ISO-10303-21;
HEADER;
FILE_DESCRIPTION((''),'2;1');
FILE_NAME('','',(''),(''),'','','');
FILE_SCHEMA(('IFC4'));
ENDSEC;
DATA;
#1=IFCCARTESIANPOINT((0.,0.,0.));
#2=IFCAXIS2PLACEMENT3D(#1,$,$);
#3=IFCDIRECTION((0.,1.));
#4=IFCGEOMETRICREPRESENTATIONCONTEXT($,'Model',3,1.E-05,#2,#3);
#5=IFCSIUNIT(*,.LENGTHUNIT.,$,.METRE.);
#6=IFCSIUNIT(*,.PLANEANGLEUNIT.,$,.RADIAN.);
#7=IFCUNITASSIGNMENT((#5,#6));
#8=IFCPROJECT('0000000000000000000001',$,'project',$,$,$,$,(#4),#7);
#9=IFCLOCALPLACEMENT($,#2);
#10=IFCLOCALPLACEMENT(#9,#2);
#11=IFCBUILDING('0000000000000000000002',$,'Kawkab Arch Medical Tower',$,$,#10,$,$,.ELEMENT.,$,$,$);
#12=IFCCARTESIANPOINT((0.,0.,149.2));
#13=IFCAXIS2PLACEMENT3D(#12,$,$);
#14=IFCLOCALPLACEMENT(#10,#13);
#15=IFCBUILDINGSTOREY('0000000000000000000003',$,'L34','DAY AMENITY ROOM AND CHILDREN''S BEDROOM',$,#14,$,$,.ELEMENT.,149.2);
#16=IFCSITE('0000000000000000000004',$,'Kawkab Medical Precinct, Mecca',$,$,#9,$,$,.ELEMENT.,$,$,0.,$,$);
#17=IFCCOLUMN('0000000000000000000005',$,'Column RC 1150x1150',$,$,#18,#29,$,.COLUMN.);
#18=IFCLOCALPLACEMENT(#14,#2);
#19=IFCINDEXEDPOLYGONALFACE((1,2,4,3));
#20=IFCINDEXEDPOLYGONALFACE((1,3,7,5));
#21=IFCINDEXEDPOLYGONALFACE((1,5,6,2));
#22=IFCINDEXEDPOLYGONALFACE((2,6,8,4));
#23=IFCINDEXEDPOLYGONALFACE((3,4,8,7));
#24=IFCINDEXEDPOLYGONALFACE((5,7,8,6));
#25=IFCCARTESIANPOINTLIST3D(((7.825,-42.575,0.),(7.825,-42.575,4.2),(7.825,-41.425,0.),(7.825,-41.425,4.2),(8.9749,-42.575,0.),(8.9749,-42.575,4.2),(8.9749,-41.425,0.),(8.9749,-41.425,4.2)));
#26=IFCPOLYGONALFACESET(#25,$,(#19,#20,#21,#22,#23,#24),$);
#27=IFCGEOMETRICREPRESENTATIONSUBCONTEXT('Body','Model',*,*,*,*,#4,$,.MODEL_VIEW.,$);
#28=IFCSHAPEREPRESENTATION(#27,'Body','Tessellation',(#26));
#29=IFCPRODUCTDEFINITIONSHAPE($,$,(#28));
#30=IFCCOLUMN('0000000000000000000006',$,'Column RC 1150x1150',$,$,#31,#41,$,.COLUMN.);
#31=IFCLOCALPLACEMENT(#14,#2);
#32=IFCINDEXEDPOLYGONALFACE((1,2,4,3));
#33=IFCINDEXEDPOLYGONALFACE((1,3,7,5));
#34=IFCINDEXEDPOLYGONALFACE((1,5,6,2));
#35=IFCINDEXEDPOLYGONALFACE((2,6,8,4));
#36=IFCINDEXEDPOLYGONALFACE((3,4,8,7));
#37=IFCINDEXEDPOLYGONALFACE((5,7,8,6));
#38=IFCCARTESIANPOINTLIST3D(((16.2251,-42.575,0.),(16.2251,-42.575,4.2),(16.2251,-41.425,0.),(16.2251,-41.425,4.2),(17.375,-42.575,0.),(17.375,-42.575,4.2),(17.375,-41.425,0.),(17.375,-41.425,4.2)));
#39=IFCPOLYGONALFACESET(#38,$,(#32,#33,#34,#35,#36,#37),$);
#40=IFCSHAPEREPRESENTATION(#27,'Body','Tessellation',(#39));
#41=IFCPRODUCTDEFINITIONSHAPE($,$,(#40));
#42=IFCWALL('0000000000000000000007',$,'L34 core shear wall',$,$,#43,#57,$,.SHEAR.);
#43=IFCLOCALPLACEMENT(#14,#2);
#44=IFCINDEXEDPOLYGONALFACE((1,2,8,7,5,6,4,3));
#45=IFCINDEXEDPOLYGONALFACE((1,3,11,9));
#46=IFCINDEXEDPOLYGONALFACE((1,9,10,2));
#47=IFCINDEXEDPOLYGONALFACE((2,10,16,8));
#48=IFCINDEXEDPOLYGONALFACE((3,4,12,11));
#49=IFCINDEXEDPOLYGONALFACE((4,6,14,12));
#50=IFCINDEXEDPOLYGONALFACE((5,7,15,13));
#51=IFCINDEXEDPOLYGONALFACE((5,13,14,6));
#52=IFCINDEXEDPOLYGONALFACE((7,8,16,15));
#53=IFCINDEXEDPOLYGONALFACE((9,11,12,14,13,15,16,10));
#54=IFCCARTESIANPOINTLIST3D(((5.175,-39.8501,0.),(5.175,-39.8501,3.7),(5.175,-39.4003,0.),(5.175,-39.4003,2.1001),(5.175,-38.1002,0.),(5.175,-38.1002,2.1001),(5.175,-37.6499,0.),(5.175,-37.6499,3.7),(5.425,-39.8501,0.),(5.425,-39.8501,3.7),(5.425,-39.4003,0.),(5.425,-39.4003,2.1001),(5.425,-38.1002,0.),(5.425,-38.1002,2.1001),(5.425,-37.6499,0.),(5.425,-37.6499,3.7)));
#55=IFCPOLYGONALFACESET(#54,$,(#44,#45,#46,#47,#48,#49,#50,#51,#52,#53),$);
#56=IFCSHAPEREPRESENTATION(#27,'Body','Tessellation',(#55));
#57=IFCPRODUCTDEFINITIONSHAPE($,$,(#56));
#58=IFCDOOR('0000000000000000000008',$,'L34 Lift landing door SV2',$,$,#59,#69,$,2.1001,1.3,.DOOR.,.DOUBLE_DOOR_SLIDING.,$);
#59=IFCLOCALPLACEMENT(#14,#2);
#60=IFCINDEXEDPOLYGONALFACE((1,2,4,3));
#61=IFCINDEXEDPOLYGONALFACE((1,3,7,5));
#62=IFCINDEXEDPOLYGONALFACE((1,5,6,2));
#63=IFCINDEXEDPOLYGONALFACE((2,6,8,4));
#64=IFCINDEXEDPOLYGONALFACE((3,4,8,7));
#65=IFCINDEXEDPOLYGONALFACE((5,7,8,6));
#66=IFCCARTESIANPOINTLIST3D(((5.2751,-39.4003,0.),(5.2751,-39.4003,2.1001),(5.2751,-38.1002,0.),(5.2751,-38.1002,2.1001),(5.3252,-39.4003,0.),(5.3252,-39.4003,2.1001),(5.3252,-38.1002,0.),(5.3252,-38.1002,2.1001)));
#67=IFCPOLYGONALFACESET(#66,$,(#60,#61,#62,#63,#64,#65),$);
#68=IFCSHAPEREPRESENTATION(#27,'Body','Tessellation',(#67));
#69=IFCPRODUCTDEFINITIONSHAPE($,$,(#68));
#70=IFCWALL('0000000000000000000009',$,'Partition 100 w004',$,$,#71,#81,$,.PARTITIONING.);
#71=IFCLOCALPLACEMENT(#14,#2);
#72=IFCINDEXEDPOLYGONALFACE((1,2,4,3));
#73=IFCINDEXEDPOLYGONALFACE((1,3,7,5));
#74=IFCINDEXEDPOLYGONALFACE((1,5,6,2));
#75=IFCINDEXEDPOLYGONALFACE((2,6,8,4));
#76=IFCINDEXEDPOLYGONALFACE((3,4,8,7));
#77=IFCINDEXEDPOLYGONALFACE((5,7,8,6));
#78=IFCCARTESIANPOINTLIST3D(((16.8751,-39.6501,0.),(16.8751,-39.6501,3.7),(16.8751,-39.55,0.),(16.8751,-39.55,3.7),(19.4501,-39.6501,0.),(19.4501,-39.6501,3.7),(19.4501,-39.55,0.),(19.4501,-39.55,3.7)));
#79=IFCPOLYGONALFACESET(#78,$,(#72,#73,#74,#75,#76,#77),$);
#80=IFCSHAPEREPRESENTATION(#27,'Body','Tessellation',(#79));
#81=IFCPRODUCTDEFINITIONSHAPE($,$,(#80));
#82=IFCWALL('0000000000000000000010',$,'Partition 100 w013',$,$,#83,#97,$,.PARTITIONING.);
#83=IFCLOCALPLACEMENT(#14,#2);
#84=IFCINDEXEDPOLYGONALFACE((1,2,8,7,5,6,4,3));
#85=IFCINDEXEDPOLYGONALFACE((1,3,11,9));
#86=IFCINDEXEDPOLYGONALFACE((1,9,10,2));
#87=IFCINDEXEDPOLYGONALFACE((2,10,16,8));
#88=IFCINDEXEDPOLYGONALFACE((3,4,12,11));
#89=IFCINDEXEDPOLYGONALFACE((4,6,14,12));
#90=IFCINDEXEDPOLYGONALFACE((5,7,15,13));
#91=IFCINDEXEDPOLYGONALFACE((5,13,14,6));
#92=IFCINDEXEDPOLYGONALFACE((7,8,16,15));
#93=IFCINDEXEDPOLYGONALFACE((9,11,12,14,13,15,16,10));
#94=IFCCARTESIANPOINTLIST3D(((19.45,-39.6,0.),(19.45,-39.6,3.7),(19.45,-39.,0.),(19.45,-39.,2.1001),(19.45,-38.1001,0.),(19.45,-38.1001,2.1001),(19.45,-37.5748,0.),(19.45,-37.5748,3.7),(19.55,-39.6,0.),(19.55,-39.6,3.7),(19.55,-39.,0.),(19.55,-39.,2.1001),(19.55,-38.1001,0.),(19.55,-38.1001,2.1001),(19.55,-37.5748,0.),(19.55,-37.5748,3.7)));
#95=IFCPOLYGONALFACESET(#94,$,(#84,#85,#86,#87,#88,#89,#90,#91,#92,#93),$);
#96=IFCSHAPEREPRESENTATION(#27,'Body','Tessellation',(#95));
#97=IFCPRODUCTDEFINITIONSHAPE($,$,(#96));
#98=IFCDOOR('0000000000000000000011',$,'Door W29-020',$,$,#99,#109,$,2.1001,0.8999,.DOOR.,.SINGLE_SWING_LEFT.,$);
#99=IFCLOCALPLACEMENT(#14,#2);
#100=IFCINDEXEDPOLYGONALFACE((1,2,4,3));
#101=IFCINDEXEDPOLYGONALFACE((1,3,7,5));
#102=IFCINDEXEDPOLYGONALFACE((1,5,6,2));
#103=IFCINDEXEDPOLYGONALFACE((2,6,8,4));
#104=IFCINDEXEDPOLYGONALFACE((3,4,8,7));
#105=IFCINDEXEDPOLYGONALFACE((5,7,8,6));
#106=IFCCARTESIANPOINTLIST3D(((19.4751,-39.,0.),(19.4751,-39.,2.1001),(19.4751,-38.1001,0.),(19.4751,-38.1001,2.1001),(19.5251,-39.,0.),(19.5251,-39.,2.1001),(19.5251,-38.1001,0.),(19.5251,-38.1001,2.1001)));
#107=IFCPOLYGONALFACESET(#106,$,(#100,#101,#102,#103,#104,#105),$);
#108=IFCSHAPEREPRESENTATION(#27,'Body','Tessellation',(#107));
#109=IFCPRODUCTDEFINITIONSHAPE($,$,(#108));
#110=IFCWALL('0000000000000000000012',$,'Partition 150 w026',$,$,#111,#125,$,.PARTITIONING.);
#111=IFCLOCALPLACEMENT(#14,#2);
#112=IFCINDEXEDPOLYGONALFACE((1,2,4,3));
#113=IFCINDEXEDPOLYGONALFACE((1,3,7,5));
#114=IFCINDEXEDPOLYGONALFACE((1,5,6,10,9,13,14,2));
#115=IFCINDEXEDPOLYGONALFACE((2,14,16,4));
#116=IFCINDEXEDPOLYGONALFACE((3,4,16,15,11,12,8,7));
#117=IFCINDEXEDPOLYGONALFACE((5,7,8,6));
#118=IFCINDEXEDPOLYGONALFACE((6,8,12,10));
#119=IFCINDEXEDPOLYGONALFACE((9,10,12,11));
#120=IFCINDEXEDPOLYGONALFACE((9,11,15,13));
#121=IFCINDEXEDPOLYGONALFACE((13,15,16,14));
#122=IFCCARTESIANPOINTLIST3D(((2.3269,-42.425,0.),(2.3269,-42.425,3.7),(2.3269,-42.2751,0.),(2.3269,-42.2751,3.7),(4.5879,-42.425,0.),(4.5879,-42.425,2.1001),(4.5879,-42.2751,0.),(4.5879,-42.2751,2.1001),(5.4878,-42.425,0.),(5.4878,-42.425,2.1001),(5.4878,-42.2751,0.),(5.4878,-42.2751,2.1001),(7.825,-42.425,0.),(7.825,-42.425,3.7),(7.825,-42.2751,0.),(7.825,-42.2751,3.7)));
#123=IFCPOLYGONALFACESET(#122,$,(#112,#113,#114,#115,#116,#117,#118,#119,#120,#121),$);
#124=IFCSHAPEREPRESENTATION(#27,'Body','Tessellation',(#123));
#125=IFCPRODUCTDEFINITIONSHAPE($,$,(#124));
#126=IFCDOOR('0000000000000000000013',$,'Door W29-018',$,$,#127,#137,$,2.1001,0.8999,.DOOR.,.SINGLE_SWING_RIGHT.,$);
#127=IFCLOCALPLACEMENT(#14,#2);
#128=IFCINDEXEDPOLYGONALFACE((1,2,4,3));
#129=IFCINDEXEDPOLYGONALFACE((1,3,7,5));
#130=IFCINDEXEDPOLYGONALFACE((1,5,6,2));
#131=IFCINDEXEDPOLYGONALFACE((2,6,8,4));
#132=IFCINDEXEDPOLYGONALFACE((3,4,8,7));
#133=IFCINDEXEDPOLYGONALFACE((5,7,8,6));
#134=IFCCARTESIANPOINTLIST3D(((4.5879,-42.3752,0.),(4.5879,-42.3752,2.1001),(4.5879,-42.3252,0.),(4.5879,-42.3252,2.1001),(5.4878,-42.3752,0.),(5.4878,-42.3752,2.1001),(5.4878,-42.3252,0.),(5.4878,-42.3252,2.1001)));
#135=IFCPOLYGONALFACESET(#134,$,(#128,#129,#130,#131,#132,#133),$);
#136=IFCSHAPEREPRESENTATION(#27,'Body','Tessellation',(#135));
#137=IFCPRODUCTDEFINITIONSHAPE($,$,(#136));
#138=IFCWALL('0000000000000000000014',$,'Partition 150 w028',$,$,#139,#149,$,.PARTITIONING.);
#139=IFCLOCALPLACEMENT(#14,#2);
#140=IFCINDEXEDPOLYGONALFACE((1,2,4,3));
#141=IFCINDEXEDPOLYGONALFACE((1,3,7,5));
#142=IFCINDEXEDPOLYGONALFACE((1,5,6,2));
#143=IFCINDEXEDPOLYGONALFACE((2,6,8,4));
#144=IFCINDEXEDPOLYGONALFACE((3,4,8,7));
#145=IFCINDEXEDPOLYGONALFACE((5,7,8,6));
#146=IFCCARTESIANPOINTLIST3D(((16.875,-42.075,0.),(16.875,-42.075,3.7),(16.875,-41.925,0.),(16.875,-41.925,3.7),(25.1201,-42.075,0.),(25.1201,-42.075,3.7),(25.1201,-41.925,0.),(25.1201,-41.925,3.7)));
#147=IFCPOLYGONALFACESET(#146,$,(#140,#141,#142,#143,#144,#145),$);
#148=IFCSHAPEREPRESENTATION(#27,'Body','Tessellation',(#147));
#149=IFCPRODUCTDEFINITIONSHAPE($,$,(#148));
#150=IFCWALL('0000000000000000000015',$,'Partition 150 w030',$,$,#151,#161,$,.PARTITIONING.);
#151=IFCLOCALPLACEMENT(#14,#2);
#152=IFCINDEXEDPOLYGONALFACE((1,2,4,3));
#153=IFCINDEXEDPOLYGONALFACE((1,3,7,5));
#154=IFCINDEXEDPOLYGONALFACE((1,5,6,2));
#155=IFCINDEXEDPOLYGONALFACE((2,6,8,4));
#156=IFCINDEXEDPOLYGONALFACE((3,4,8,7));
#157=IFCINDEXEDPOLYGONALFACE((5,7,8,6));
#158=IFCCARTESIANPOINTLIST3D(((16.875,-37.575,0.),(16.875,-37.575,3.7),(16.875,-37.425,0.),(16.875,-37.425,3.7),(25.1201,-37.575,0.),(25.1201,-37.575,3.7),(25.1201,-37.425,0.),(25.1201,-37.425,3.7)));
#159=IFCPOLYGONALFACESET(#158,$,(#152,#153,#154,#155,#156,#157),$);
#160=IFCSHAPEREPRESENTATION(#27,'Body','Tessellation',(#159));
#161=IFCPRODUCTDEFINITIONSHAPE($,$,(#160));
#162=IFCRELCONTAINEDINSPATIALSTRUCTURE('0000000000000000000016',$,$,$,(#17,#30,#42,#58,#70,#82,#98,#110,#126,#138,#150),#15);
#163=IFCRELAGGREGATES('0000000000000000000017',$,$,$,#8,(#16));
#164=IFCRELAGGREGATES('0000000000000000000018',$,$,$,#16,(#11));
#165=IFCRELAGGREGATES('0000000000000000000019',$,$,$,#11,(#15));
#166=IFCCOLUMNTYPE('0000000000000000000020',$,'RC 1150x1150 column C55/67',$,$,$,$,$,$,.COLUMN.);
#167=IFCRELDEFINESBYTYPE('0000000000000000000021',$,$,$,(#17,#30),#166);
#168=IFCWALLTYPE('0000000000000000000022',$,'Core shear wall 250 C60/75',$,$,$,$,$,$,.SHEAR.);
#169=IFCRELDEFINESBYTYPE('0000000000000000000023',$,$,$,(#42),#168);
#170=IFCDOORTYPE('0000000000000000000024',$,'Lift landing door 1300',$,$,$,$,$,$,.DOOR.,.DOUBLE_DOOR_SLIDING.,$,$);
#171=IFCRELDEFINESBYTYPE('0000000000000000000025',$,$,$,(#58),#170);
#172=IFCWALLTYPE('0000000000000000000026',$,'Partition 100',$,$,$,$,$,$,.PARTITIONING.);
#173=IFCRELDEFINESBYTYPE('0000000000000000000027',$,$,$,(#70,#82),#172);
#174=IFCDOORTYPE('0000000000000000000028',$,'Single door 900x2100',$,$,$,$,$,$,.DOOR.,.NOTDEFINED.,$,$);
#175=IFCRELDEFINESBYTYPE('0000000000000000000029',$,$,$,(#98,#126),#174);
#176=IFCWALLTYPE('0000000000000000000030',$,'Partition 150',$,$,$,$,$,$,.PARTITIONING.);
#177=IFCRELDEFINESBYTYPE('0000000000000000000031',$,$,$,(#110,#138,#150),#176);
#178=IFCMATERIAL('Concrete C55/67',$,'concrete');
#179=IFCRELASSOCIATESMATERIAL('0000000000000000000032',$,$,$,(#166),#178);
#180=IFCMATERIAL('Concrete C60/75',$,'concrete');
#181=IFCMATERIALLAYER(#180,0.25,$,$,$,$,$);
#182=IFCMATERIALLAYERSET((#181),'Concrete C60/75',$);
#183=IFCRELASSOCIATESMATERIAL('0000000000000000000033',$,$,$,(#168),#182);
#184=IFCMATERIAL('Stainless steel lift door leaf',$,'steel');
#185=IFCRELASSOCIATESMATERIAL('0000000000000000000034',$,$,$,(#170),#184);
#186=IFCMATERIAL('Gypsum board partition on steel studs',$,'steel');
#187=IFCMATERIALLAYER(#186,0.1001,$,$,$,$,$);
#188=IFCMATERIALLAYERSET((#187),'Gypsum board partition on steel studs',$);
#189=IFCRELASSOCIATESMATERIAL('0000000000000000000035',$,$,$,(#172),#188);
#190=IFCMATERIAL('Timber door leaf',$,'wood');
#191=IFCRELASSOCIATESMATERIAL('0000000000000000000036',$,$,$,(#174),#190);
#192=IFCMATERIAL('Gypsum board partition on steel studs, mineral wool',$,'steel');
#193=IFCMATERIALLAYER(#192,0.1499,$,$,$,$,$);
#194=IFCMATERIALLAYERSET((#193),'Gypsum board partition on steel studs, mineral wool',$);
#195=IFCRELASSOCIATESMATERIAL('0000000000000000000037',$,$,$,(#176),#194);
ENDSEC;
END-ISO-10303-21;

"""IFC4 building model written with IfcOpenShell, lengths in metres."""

from ifc_helpers import new_model, si_unit, direction, frame, frame_2d, origin, origin_2d, place, context, subcontext, project, spatial, rectangle, extrude, material, layer, layer_set, material_profile, profile_set, type_object, element, fill, save


model = new_model("IFC4")

# Units and contexts
model_context = context("Model", 3, precision=1e-05, world=origin(), true_north=direction((0.0, 1.0)))
body_context = subcontext(model_context, "Body", "Model", "MODEL_VIEW")
ifc_project = project(units=[si_unit("LENGTHUNIT", "METRE"), si_unit("PLANEANGLEUNIT", "RADIAN")], contexts=[model_context])

# Site, building, storey
site_placement = place(None, origin())
site = spatial("IfcSite", under=ifc_project, at=site_placement, Name="Kawkab Medical Precinct, Mecca", CompositionType="ELEMENT", RefElevation=0.0)
building_placement = place(site_placement, origin())
building = spatial("IfcBuilding", under=site, at=building_placement, Name="Kawkab Arch Medical Tower", CompositionType="ELEMENT")
storey_placement = place(building_placement, frame((0.0, 0.0, 149.2)))
storey = spatial("IfcBuildingStorey", under=building, at=storey_placement, Name="L34", Description="DAY AMENITY ROOM AND CHILDREN'S BEDROOM", CompositionType="ELEMENT", Elevation=149.2)

# Columns
ifc_material_1 = material(Name="Concrete C55/67", Category="concrete")
ifc_material_profile = material_profile(ifc_material_1, rectangle(XDim=1.1499, YDim=1.1499, at=origin_2d()), Name="RC 1150x1150")
ifc_profile_set = profile_set([ifc_material_profile], Name="Concrete C55/67")
column_type = type_object("IfcColumnType", Name="RC 1150x1150 column C55/67", PredefinedType="COLUMN", material=ifc_profile_set)
for number, where, z_axis, x_axis, name in (
    (1, (8.3999, -42.0, 0.0), (0.0, 0.0, 1.0), (1.0, 0.0, 0.0), "Column RC 1150x1150"),
    (2, (16.8, -42.0, 0.0), (0.0, 0.0, 1.0), (1.0, 0.0, 0.0), "Column RC 1150x1150"),
):
    element("IfcColumn", number, at=place(storey_placement, frame(where, z_axis=z_axis, x_axis=x_axis)), inside=storey, type_object=column_type, Name=name, PredefinedType="COLUMN", context=body_context, shape_type="SweptSolid", body=[
        extrude(rectangle(XDim=1.1499, YDim=1.1499, at=origin_2d()), origin(), (0.0, 0.0, 1.0), 4.2),
    ])

# Wall, opening, door
ifc_material_2 = material(Name="Concrete C60/75", Category="concrete")
ifc_layer_1 = layer(ifc_material_2, 0.25)
ifc_layer_set_1 = layer_set([ifc_layer_1], Name="Concrete C60/75")
wall_type_1 = type_object("IfcWallType", Name="Core shear wall 250 C60/75", PredefinedType="SHEAR", material=ifc_layer_set_1)
wall_1_placement = place(storey_placement, frame((5.3, -39.8501, 0.0), z_axis=(0.0, 0.0, 1.0), x_axis=(0.0, 1.0, 0.0)))
wall_1 = element("IfcWall", 3, at=wall_1_placement, inside=storey, type_object=wall_type_1, Name="L34 core shear wall", PredefinedType="SHEAR", context=body_context, shape_type="SweptSolid", body=[
    extrude(rectangle(XDim=2.2002, YDim=0.25, at=frame_2d((1.1001, 0.0))), origin(), (0.0, 0.0, 1.0), 3.7),
])
opening_1_placement = place(wall_1_placement, frame((0.45, 0.0, 0.0)))
opening_1 = element("IfcOpeningElement", 4, at=opening_1_placement, cuts=wall_1, PredefinedType="OPENING", context=body_context, shape_type="SweptSolid", body=[
    extrude(rectangle(XDim=1.3, YDim=2.1001, at=frame_2d((0.6499, 1.05))), frame((0.0, 0.135, 0.0), z_axis=(0.0, -1.0, 0.0), x_axis=(1.0, 0.0, 0.0)), (0.0, 0.0, 1.0), 0.27),
])
ifc_material_3 = material(Name="Stainless steel lift door leaf", Category="steel")
door_type_1 = type_object("IfcDoorType", Name="Lift landing door 1300", OperationType="DOUBLE_DOOR_SLIDING", PredefinedType="DOOR", material=ifc_material_3)
door_1_placement = place(opening_1_placement, origin())
door_1 = element("IfcDoor", 5, at=door_1_placement, inside=storey, type_object=door_type_1, Name="L34 Lift landing door SV2", OperationType="DOUBLE_DOOR_SLIDING", OverallHeight=2.1001, OverallWidth=1.3, PredefinedType="DOOR", context=body_context, shape_type="SweptSolid", body=[
    extrude(rectangle(XDim=1.3, YDim=2.1001, at=frame_2d((0.6499, 1.05))), frame((0.0, 0.0249, 0.0), z_axis=(0.0, -1.0, 0.0), x_axis=(1.0, 0.0, 0.0)), (0.0, 0.0, 1.0), 0.05),
])
fill(opening_1, door_1)

# Wall
ifc_material_4 = material(Name="Gypsum board partition on steel studs", Category="steel")
ifc_layer_2 = layer(ifc_material_4, 0.1001)
ifc_layer_set_2 = layer_set([ifc_layer_2], Name="Gypsum board partition on steel studs")
wall_type_2 = type_object("IfcWallType", Name="Partition 100", PredefinedType="PARTITIONING", material=ifc_layer_set_2)
wall_2_placement = place(storey_placement, frame((16.875, -39.6001, 0.0), z_axis=(0.0, 0.0, 1.0), x_axis=(1.0, 0.0, 0.0)))
element("IfcWall", 6, at=wall_2_placement, inside=storey, type_object=wall_type_2, Name="Partition 100 w004", PredefinedType="PARTITIONING", context=body_context, shape_type="SweptSolid", body=[
    extrude(rectangle(XDim=2.575, YDim=0.1001, at=frame_2d((1.2876, 0.0))), origin(), (0.0, 0.0, 1.0), 3.7),
])

# Walls, openings, doors
wall_3_placement = place(storey_placement, frame((19.5, -39.6001, 0.0), z_axis=(0.0, 0.0, 1.0), x_axis=(0.0, 1.0, 0.0)))
wall_3 = element("IfcWall", 7, at=wall_3_placement, inside=storey, type_object=wall_type_2, Name="Partition 100 w013", PredefinedType="PARTITIONING", context=body_context, shape_type="SweptSolid", body=[
    extrude(rectangle(XDim=2.0251, YDim=0.1001, at=frame_2d((1.0127, 0.0))), origin(), (0.0, 0.0, 1.0), 3.7),
])
opening_2_placement = place(wall_3_placement, frame((0.6001, 0.0, 0.0)))
opening_2 = element("IfcOpeningElement", 8, at=opening_2_placement, cuts=wall_3, PredefinedType="OPENING", context=body_context, shape_type="SweptSolid", body=[
    extrude(rectangle(XDim=0.8999, YDim=2.1001, at=frame_2d((0.45, 1.05))), frame((0.0, 0.0601, 0.0), z_axis=(0.0, -1.0, 0.0), x_axis=(1.0, 0.0, 0.0)), (0.0, 0.0, 1.0), 0.1201),
])
ifc_material_5 = material(Name="Timber door leaf", Category="wood")
door_type_2 = type_object("IfcDoorType", Name="Single door 900x2100", OperationType="NOTDEFINED", PredefinedType="DOOR", material=ifc_material_5)
door_2_placement = place(opening_2_placement, origin())
door_2 = element("IfcDoor", 9, at=door_2_placement, inside=storey, type_object=door_type_2, Name="Door W29-020", OperationType="SINGLE_SWING_LEFT", OverallHeight=2.1001, OverallWidth=0.8999, PredefinedType="DOOR", context=body_context, shape_type="SweptSolid", body=[
    extrude(rectangle(XDim=0.8999, YDim=2.1001, at=frame_2d((0.45, 1.05))), frame((0.0, 0.0249, 0.0), z_axis=(0.0, -1.0, 0.0), x_axis=(1.0, 0.0, 0.0)), (0.0, 0.0, 1.0), 0.05),
])
fill(opening_2, door_2)
ifc_material_6 = material(Name="Gypsum board partition on steel studs, mineral wool", Category="steel")
ifc_layer_3 = layer(ifc_material_6, 0.1499)
ifc_layer_set_3 = layer_set([ifc_layer_3], Name="Gypsum board partition on steel studs, mineral wool")
wall_type_3 = type_object("IfcWallType", Name="Partition 150", PredefinedType="PARTITIONING", material=ifc_layer_set_3)
wall_4_placement = place(storey_placement, frame((2.3269, -42.3501, 0.0), z_axis=(0.0, 0.0, 1.0), x_axis=(1.0, 0.0, 0.0)))
wall_4 = element("IfcWall", 10, at=wall_4_placement, inside=storey, type_object=wall_type_3, Name="Partition 150 w026", PredefinedType="PARTITIONING", context=body_context, shape_type="SweptSolid", body=[
    extrude(rectangle(XDim=5.498, YDim=0.1499, at=frame_2d((2.749, 0.0))), origin(), (0.0, 0.0, 1.0), 3.7),
])
opening_3_placement = place(wall_4_placement, frame((2.261, 0.0, 0.0)))
opening_3 = element("IfcOpeningElement", 11, at=opening_3_placement, cuts=wall_4, PredefinedType="OPENING", context=body_context, shape_type="SweptSolid", body=[
    extrude(rectangle(XDim=0.8999, YDim=2.1001, at=frame_2d((0.45, 1.05))), frame((0.0, 0.085, 0.0), z_axis=(0.0, -1.0, 0.0), x_axis=(1.0, 0.0, 0.0)), (0.0, 0.0, 1.0), 0.1699),
])
door_3_placement = place(opening_3_placement, origin())
door_3 = element("IfcDoor", 12, at=door_3_placement, inside=storey, type_object=door_type_2, Name="Door W29-018", OperationType="SINGLE_SWING_RIGHT", OverallHeight=2.1001, OverallWidth=0.8999, PredefinedType="DOOR", context=body_context, shape_type="SweptSolid", body=[
    extrude(rectangle(XDim=0.8999, YDim=2.1001, at=frame_2d((0.45, 1.05))), frame((0.0, 0.0249, 0.0), z_axis=(0.0, -1.0, 0.0), x_axis=(1.0, 0.0, 0.0)), (0.0, 0.0, 1.0), 0.05),
])
fill(opening_3, door_3)

# Walls
for number, where, z_axis, x_axis, name in (
    (13, (16.875, -42.0, 0.0), (0.0, 0.0, 1.0), (1.0, 0.0, 0.0), "Partition 150 w028"),
    (14, (16.875, -37.5, 0.0), (0.0, 0.0, 1.0), (1.0, 0.0, 0.0), "Partition 150 w030"),
):
    element("IfcWall", number, at=place(storey_placement, frame(where, z_axis=z_axis, x_axis=x_axis)), inside=storey, type_object=wall_type_3, Name=name, PredefinedType="PARTITIONING", context=body_context, shape_type="SweptSolid", body=[
        extrude(rectangle(XDim=8.2451, YDim=0.1499, at=frame_2d((4.1226, 0.0))), origin(), (0.0, 0.0, 1.0), 3.7),
    ])

save(model, "model.ifc")
